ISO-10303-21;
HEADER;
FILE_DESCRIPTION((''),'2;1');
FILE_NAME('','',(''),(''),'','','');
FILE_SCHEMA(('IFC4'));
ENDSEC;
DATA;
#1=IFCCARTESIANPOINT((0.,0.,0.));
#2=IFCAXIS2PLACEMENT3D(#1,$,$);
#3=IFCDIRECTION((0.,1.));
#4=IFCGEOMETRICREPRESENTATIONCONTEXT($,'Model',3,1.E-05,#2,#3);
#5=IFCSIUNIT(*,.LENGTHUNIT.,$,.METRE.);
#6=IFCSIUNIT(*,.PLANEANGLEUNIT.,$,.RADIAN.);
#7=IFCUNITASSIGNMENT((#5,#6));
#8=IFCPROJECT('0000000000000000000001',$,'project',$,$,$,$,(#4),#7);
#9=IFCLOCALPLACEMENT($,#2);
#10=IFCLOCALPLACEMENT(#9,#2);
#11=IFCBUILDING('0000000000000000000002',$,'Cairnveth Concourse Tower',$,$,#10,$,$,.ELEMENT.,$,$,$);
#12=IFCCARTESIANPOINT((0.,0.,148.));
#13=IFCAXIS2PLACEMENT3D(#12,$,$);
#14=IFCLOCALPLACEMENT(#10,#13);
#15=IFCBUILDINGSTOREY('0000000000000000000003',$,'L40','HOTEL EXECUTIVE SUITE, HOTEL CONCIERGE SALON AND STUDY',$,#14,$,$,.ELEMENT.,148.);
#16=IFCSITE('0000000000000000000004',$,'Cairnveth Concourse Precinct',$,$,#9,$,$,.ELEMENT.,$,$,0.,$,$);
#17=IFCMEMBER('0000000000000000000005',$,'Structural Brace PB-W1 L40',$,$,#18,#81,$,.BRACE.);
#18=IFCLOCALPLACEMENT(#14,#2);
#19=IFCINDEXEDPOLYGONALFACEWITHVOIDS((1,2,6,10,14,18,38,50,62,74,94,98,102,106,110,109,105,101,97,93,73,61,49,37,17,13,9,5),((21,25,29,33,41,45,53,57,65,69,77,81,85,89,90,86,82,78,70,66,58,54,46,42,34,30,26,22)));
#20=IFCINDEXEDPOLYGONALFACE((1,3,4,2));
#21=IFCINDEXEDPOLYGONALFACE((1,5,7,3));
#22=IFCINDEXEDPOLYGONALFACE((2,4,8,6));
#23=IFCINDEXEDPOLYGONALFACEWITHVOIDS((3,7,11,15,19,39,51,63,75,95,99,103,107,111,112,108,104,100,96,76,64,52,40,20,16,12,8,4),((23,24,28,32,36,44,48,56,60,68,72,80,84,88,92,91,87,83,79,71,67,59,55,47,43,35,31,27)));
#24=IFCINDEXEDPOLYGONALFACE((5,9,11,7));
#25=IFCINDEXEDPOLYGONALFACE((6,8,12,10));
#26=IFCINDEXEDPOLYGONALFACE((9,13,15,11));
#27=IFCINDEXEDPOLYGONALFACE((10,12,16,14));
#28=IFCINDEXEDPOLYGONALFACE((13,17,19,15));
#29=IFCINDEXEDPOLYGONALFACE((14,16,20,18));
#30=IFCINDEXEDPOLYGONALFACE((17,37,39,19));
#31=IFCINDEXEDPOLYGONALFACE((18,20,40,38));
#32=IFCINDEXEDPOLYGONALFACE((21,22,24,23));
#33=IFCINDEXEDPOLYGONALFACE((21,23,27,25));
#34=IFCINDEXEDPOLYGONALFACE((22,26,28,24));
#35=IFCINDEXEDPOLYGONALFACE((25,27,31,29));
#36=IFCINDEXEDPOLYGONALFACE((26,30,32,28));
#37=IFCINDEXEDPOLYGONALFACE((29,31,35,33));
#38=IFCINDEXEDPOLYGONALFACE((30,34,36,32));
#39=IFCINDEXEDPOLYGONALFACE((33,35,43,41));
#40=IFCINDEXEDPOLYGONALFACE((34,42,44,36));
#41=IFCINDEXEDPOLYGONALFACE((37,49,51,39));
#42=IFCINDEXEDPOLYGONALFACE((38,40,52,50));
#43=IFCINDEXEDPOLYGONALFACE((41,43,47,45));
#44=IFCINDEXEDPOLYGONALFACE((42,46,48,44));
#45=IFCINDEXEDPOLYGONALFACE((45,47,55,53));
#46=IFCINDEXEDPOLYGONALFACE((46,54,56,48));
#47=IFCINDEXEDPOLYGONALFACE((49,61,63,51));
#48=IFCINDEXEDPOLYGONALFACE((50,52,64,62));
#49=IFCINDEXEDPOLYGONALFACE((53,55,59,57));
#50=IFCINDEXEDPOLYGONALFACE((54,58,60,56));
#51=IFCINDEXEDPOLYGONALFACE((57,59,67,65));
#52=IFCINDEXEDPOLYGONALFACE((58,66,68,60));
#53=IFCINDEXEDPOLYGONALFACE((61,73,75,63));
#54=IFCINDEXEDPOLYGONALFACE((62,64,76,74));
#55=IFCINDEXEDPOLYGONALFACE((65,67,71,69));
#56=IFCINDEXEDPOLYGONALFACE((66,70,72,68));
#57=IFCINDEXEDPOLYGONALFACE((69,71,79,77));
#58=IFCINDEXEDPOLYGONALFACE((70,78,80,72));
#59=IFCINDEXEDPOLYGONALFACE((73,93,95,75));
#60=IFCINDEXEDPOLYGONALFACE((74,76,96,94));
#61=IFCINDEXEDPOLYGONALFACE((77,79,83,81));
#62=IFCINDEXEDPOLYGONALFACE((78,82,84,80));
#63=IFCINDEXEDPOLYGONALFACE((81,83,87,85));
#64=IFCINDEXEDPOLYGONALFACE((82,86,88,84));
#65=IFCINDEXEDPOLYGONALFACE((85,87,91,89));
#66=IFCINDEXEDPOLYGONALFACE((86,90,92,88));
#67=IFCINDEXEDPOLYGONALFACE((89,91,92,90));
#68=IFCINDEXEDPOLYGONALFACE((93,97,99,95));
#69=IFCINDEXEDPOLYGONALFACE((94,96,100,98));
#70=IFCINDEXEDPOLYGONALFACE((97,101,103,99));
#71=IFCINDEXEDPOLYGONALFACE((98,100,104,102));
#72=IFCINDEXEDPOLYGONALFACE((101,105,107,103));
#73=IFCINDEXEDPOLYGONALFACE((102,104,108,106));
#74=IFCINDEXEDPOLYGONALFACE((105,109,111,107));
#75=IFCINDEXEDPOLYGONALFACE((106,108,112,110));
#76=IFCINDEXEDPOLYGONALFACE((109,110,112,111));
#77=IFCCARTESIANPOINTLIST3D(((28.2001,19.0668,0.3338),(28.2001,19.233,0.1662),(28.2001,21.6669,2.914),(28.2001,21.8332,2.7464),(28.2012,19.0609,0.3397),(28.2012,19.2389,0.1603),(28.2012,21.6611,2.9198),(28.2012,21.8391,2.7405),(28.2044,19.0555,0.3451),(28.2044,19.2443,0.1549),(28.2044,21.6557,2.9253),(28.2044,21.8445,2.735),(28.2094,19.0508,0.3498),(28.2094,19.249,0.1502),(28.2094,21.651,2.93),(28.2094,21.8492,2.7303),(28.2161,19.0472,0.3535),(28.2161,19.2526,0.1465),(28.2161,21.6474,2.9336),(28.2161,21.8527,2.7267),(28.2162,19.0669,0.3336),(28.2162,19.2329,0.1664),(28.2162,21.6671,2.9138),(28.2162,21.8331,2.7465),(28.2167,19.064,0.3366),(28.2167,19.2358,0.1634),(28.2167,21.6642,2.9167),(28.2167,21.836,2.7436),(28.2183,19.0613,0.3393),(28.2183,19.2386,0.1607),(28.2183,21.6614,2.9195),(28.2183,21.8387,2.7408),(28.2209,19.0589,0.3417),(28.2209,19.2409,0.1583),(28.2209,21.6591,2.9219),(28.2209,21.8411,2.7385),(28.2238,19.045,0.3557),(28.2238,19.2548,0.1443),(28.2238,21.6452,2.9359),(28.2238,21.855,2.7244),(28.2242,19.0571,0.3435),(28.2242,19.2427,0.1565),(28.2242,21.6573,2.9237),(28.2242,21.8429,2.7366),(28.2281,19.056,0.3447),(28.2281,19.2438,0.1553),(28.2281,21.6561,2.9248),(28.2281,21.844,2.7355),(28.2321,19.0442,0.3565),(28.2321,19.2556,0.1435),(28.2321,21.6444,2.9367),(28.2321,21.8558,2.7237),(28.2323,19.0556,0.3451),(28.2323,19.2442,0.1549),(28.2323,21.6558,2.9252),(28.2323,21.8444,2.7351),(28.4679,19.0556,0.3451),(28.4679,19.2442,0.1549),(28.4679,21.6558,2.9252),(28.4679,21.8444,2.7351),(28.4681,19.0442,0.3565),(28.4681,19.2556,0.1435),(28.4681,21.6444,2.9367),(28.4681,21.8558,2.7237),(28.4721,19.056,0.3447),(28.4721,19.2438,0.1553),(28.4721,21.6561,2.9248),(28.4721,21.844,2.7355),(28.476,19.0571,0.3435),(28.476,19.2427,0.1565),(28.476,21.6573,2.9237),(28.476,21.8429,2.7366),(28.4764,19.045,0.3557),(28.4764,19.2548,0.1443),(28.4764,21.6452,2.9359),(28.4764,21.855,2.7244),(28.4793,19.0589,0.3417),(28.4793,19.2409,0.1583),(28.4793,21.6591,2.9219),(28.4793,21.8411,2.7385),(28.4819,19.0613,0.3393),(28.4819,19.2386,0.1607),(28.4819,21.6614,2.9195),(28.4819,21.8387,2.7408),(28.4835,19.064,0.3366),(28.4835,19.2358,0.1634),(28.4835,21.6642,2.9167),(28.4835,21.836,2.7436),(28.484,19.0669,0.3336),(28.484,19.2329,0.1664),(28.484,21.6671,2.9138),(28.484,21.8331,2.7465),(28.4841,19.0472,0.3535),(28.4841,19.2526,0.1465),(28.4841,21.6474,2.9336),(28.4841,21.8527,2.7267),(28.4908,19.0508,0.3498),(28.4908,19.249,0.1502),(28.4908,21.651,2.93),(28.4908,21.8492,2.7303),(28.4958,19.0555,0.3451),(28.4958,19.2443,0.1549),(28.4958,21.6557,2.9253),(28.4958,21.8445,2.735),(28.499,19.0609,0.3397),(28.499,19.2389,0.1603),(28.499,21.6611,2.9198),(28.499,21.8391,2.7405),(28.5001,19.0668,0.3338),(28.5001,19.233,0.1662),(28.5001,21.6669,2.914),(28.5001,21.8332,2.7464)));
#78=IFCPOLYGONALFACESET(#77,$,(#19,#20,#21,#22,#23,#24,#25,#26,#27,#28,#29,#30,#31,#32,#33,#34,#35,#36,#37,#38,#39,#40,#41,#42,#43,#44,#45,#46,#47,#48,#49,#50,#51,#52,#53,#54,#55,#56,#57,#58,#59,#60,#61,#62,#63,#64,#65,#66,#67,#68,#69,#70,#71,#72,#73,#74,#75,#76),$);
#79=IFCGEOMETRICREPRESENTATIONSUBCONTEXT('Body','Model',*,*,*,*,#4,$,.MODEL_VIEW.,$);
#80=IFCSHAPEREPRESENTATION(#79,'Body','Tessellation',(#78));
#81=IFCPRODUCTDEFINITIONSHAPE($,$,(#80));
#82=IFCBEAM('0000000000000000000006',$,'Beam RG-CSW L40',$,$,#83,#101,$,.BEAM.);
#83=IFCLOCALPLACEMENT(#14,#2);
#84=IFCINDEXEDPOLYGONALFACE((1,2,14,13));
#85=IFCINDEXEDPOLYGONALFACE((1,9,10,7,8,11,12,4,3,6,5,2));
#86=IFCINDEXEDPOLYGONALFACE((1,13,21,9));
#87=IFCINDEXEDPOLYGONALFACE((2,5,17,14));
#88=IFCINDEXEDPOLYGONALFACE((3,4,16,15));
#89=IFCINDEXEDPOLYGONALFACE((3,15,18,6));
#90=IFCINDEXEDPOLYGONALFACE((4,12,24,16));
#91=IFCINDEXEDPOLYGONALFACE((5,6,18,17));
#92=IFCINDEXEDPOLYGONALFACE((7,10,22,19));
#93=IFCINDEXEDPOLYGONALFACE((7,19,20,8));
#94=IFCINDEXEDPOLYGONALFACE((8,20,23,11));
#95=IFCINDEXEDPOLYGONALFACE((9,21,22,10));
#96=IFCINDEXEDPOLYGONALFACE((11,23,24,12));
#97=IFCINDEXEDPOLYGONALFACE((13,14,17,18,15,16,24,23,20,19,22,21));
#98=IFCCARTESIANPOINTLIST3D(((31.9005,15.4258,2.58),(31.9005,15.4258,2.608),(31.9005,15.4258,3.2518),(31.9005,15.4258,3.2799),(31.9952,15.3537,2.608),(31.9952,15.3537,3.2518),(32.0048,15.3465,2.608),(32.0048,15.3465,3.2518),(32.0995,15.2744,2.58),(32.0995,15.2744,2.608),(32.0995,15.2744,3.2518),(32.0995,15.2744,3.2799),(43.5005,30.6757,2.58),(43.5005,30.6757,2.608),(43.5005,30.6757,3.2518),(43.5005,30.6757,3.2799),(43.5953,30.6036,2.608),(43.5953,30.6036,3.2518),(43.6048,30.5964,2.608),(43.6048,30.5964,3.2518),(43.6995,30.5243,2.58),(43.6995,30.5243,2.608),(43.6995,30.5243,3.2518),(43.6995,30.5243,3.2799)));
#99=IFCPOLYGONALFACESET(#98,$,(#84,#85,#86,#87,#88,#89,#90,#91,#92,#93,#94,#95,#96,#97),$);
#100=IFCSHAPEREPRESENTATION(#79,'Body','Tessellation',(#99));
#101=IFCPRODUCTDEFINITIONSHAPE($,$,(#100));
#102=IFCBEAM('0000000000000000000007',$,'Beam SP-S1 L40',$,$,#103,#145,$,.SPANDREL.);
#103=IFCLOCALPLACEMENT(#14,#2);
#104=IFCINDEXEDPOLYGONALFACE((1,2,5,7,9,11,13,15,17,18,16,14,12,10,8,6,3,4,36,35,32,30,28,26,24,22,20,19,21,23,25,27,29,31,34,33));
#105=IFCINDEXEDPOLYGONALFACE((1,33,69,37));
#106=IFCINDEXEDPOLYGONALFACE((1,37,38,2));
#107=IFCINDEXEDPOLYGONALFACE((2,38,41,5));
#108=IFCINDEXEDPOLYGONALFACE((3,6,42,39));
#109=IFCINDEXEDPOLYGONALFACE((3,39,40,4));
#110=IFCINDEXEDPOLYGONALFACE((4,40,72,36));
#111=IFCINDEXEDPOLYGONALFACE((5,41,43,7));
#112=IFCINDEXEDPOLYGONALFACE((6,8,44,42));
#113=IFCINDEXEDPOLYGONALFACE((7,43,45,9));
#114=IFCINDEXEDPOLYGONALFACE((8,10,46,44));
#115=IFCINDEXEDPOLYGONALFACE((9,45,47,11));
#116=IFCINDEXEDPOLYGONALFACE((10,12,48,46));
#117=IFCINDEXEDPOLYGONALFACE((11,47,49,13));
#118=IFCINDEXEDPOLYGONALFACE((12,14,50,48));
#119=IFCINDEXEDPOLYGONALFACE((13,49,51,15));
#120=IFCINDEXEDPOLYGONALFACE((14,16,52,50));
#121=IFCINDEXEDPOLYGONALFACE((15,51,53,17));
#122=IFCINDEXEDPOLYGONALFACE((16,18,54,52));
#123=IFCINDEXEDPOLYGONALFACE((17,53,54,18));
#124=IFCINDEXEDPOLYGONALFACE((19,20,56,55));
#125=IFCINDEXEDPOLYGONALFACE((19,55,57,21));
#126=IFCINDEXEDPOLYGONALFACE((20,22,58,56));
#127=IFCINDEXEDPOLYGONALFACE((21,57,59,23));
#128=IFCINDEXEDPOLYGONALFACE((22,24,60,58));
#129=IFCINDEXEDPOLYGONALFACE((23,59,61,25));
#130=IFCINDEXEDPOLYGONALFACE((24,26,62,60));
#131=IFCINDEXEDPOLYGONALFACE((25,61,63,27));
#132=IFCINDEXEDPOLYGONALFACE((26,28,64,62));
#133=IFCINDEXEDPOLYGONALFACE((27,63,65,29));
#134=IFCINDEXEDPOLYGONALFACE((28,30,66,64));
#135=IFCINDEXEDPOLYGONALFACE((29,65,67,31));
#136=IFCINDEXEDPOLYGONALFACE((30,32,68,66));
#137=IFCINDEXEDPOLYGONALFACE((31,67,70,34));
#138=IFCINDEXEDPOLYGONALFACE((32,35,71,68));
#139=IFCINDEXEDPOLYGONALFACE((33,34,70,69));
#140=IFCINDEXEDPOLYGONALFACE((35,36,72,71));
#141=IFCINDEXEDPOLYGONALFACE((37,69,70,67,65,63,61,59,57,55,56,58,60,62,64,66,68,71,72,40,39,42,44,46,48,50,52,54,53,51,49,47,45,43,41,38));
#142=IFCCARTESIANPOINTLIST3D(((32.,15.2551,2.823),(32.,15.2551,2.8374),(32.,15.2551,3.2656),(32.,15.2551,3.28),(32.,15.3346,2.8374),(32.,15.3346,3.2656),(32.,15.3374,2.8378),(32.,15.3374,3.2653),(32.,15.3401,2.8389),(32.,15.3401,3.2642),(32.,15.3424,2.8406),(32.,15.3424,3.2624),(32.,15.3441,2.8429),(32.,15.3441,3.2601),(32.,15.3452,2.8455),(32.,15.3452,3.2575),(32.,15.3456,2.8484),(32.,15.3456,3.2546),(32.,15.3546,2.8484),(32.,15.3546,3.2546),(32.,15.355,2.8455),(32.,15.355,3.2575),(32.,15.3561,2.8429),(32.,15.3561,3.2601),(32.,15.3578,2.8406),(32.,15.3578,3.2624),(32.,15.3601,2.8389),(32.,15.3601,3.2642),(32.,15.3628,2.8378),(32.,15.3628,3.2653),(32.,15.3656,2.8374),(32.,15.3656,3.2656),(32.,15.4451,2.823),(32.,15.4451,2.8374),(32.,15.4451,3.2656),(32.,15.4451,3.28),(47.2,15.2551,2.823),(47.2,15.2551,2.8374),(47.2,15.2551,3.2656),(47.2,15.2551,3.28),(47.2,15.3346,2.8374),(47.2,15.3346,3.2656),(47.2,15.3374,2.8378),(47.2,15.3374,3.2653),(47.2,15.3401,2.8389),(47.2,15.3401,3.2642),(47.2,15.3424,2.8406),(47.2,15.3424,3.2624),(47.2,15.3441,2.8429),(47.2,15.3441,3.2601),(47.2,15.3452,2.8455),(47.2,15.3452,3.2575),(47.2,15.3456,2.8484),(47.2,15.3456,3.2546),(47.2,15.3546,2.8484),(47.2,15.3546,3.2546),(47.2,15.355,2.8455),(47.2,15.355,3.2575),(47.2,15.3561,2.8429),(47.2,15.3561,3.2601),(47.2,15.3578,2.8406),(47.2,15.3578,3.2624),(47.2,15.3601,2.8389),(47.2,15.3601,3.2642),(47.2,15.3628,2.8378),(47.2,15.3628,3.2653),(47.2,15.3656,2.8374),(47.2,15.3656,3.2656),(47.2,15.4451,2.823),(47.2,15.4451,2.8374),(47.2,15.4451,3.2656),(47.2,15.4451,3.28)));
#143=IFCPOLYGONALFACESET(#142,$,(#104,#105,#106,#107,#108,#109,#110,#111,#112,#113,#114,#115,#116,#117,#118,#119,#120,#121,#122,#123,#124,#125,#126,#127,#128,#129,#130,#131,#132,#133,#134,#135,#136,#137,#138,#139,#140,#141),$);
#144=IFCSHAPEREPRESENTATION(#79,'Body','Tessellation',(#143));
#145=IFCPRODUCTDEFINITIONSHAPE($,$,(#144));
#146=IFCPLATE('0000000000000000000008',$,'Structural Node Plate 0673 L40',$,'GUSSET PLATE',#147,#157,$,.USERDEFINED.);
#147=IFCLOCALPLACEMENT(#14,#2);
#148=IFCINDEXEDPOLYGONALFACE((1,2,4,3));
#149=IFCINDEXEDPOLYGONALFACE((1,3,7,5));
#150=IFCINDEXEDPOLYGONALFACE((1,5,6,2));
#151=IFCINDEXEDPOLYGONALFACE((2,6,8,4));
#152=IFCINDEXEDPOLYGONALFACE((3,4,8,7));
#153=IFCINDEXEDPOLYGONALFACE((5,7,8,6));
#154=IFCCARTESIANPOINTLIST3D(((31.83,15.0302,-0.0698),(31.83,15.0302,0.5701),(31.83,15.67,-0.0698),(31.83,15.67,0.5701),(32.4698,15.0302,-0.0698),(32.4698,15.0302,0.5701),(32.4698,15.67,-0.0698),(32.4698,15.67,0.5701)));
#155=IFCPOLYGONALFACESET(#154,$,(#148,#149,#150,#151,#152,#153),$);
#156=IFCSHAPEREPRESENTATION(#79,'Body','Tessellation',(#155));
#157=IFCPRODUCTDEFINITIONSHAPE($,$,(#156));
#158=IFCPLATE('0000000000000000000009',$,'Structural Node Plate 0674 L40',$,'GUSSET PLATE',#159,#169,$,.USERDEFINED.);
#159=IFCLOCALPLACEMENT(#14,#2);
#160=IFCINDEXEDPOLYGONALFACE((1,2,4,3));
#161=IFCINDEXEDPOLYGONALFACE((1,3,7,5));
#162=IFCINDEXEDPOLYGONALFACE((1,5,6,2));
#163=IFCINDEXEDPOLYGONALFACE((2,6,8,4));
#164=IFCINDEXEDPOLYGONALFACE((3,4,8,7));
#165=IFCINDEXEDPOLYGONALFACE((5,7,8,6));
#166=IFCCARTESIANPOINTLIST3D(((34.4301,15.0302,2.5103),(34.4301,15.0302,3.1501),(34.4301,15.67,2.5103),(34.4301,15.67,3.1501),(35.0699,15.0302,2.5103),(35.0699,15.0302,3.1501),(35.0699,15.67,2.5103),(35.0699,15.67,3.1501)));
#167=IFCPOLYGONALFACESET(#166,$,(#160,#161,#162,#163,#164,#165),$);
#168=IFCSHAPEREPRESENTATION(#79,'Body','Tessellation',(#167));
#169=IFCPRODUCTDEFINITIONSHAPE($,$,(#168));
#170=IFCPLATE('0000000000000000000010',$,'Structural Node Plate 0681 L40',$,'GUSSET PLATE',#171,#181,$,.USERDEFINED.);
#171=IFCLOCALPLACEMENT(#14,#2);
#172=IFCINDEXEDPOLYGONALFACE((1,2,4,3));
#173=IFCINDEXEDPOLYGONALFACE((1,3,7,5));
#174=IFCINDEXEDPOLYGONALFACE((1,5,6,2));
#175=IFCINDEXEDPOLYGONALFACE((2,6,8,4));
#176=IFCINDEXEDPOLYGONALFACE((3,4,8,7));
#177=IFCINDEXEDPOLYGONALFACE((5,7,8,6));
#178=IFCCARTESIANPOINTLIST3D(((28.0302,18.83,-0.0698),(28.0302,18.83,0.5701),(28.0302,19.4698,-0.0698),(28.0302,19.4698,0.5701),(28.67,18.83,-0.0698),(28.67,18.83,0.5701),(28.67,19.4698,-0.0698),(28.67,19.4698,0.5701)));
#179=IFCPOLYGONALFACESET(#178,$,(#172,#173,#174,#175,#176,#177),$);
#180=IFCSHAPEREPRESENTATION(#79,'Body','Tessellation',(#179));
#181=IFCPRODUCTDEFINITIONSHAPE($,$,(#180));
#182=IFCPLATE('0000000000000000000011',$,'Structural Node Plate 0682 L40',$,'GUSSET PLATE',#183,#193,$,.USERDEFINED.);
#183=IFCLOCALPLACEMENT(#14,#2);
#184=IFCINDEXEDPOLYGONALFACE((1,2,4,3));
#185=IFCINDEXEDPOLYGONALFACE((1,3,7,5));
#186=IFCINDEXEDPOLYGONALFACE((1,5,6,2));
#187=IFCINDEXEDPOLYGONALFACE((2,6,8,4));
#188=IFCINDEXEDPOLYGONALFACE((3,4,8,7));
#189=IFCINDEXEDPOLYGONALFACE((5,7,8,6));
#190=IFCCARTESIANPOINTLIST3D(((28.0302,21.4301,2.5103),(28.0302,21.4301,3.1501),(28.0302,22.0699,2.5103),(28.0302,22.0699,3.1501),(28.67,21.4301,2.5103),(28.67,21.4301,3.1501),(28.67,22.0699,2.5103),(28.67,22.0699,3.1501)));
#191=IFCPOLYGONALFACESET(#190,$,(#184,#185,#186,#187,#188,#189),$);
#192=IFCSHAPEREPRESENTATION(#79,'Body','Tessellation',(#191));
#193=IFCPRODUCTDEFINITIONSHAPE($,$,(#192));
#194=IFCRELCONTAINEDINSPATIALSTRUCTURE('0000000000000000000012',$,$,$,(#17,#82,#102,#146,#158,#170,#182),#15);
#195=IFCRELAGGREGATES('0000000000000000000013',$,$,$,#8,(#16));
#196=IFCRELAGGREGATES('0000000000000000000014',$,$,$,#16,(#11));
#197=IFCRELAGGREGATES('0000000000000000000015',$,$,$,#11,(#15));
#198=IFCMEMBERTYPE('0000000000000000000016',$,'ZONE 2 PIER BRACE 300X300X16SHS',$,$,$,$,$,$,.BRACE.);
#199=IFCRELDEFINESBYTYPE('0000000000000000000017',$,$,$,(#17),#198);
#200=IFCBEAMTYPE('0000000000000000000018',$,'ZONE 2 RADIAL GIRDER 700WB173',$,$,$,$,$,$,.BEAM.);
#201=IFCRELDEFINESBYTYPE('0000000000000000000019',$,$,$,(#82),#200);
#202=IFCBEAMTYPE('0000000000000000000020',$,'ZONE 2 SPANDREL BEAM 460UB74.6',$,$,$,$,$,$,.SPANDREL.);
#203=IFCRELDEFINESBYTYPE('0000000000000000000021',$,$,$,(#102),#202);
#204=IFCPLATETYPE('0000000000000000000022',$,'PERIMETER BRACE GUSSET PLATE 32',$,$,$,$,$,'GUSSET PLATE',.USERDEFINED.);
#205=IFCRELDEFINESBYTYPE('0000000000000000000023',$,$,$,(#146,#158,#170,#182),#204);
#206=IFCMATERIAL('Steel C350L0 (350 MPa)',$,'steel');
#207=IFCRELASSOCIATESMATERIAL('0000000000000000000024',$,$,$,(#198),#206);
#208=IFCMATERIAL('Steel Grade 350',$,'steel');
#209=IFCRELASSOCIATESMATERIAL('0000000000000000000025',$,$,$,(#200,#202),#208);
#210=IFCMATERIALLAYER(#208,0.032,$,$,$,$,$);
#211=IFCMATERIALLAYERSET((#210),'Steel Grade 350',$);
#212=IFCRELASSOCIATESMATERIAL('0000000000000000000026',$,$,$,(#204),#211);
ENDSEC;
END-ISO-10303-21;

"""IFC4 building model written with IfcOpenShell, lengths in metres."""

from ifc_helpers import new_model, si_unit, direction, frame, origin, origin_2d, place, context, subcontext, project, spatial, rectangle, hollow_rectangle, i_section, extrude, material, layer, layer_set, material_profile, profile_set, type_object, element, save


model = new_model("IFC4")

# Units and contexts
model_context = context("Model", 3, precision=1e-05, world=origin(), true_north=direction((0.0, 1.0)))
body_context = subcontext(model_context, "Body", "Model", "MODEL_VIEW")
ifc_project = project(units=[si_unit("LENGTHUNIT", "METRE"), si_unit("PLANEANGLEUNIT", "RADIAN")], contexts=[model_context])

# Site, building, storey
site_placement = place(None, origin())
site = spatial("IfcSite", under=ifc_project, at=site_placement, Name="Cairnveth Concourse Precinct", CompositionType="ELEMENT", RefElevation=0.0)
building_placement = place(site_placement, origin())
building = spatial("IfcBuilding", under=site, at=building_placement, Name="Cairnveth Concourse Tower", CompositionType="ELEMENT")
storey_placement = place(building_placement, frame((0.0, 0.0, 148.0)))
storey = spatial("IfcBuildingStorey", under=building, at=storey_placement, Name="L40", Description="HOTEL EXECUTIVE SUITE, HOTEL CONCIERGE SALON AND STUDY", CompositionType="ELEMENT", Elevation=148.0)

# Shared definitions
ifc_material_1 = material(Name="Steel Grade 350", Category="steel")

# Member
ifc_material_2 = material(Name="Steel C350L0 (350 MPa)", Category="steel")
ifc_material_profile_1 = material_profile(ifc_material_2, hollow_rectangle(XDim=0.3, YDim=0.3, WallThickness=0.0161, InnerFilletRadius=0.0161, OuterFilletRadius=0.032, at=origin_2d()), Name="300x300x16.0SHS")
ifc_profile_set_1 = profile_set([ifc_material_profile_1], Name="Steel C350L0 (350 MPa)")
member_type = type_object("IfcMemberType", Name="ZONE 2 PIER BRACE 300X300X16SHS", PredefinedType="BRACE", material=ifc_profile_set_1)
for number, where, z_axis, x_axis, name in (
    (1, (28.3501, 19.1499, 0.25), (0.0, 0.709834, 0.704369), (-1.0, 0.0, 0.0), "Structural Brace PB-W1 L40"),
):
    element("IfcMember", number, at=place(storey_placement, frame(where, z_axis=z_axis, x_axis=x_axis)), inside=storey, type_object=member_type, Name=name, PredefinedType="BRACE", context=body_context, shape_type="SweptSolid", body=[
        extrude(hollow_rectangle(XDim=0.3, YDim=0.3, WallThickness=0.0161, InnerFilletRadius=0.0161, OuterFilletRadius=0.032, at=origin_2d()), origin(), (0.0, 0.0, 1.0), 3.6631),
    ])

# Beams
ifc_material_profile_2 = material_profile(ifc_material_1, i_section(OverallWidth=0.25, OverallDepth=0.7, WebThickness=0.012, FlangeThickness=0.0281, at=origin_2d()), Name="700WB173")
ifc_profile_set_2 = profile_set([ifc_material_profile_2], Name="Steel Grade 350")
beam_type_1 = type_object("IfcBeamType", Name="ZONE 2 RADIAL GIRDER 700WB173", PredefinedType="BEAM", material=ifc_profile_set_2)
beam_1_placement = place(storey_placement, frame((32.0, 15.3501, 2.9299), z_axis=(0.605417, 0.795908, 0.0), x_axis=(-0.795908, 0.605417, 0.0)))
element("IfcBeam", 2, at=beam_1_placement, inside=storey, type_object=beam_type_1, Name="Beam RG-CSW L40", PredefinedType="BEAM", context=body_context, shape_type="SweptSolid", body=[
    extrude(i_section(OverallWidth=0.25, OverallDepth=0.7, WebThickness=0.012, FlangeThickness=0.0281, at=origin_2d()), origin(), (0.0, 0.0, 1.0), 19.1604),
])
ifc_material_profile_3 = material_profile(ifc_material_1, i_section(OverallWidth=0.1899, OverallDepth=0.457, WebThickness=0.009, FlangeThickness=0.0144, FilletRadius=0.011, at=origin_2d()), Name="460UB74.6")
ifc_profile_set_3 = profile_set([ifc_material_profile_3], Name="Steel Grade 350")
beam_type_2 = type_object("IfcBeamType", Name="ZONE 2 SPANDREL BEAM 460UB74.6", PredefinedType="SPANDREL", material=ifc_profile_set_3)
beam_2_placement = place(storey_placement, frame((32.0, 15.3501, 3.0515), z_axis=(1.0, 0.0, 0.0), x_axis=(0.0, 1.0, 0.0)))
element("IfcBeam", 3, at=beam_2_placement, inside=storey, type_object=beam_type_2, Name="Beam SP-S1 L40", PredefinedType="SPANDREL", context=body_context, shape_type="SweptSolid", body=[
    extrude(i_section(OverallWidth=0.1899, OverallDepth=0.457, WebThickness=0.009, FlangeThickness=0.0144, FilletRadius=0.011, at=origin_2d()), origin(), (0.0, 0.0, 1.0), 15.2),
])

# Plates
ifc_layer_1 = layer(ifc_material_1, 0.032)
ifc_layer_set_1 = layer_set([ifc_layer_1], Name="Steel Grade 350")
plate_type = type_object("IfcPlateType", Name="PERIMETER BRACE GUSSET PLATE 32", ElementType="GUSSET PLATE", PredefinedType="USERDEFINED", material=ifc_layer_set_1)
for number, where, z_axis, x_axis, name in (
    (4, (32.1499, 15.3501, -0.0698), (0.0, 0.0, 1.0), (1.0, 0.0, 0.0), "Structural Node Plate 0673 L40"),
    (5, (34.75, 15.3501, 2.5103), (0.0, 0.0, 1.0), (1.0, 0.0, 0.0), "Structural Node Plate 0674 L40"),
    (6, (28.3501, 19.1499, -0.0698), (0.0, 0.0, 1.0), (1.0, 0.0, 0.0), "Structural Node Plate 0681 L40"),
    (7, (28.3501, 21.75, 2.5103), (0.0, 0.0, 1.0), (1.0, 0.0, 0.0), "Structural Node Plate 0682 L40"),
):
    element("IfcPlate", number, at=place(storey_placement, frame(where, z_axis=z_axis, x_axis=x_axis)), inside=storey, type_object=plate_type, Name=name, ObjectType="GUSSET PLATE", PredefinedType="USERDEFINED", context=body_context, shape_type="SweptSolid", body=[
        extrude(rectangle(XDim=0.6399, YDim=0.6399, at=origin_2d()), origin(), (0.0, 0.0, 1.0), 0.6399),
    ])

save(model, "model.ifc")
